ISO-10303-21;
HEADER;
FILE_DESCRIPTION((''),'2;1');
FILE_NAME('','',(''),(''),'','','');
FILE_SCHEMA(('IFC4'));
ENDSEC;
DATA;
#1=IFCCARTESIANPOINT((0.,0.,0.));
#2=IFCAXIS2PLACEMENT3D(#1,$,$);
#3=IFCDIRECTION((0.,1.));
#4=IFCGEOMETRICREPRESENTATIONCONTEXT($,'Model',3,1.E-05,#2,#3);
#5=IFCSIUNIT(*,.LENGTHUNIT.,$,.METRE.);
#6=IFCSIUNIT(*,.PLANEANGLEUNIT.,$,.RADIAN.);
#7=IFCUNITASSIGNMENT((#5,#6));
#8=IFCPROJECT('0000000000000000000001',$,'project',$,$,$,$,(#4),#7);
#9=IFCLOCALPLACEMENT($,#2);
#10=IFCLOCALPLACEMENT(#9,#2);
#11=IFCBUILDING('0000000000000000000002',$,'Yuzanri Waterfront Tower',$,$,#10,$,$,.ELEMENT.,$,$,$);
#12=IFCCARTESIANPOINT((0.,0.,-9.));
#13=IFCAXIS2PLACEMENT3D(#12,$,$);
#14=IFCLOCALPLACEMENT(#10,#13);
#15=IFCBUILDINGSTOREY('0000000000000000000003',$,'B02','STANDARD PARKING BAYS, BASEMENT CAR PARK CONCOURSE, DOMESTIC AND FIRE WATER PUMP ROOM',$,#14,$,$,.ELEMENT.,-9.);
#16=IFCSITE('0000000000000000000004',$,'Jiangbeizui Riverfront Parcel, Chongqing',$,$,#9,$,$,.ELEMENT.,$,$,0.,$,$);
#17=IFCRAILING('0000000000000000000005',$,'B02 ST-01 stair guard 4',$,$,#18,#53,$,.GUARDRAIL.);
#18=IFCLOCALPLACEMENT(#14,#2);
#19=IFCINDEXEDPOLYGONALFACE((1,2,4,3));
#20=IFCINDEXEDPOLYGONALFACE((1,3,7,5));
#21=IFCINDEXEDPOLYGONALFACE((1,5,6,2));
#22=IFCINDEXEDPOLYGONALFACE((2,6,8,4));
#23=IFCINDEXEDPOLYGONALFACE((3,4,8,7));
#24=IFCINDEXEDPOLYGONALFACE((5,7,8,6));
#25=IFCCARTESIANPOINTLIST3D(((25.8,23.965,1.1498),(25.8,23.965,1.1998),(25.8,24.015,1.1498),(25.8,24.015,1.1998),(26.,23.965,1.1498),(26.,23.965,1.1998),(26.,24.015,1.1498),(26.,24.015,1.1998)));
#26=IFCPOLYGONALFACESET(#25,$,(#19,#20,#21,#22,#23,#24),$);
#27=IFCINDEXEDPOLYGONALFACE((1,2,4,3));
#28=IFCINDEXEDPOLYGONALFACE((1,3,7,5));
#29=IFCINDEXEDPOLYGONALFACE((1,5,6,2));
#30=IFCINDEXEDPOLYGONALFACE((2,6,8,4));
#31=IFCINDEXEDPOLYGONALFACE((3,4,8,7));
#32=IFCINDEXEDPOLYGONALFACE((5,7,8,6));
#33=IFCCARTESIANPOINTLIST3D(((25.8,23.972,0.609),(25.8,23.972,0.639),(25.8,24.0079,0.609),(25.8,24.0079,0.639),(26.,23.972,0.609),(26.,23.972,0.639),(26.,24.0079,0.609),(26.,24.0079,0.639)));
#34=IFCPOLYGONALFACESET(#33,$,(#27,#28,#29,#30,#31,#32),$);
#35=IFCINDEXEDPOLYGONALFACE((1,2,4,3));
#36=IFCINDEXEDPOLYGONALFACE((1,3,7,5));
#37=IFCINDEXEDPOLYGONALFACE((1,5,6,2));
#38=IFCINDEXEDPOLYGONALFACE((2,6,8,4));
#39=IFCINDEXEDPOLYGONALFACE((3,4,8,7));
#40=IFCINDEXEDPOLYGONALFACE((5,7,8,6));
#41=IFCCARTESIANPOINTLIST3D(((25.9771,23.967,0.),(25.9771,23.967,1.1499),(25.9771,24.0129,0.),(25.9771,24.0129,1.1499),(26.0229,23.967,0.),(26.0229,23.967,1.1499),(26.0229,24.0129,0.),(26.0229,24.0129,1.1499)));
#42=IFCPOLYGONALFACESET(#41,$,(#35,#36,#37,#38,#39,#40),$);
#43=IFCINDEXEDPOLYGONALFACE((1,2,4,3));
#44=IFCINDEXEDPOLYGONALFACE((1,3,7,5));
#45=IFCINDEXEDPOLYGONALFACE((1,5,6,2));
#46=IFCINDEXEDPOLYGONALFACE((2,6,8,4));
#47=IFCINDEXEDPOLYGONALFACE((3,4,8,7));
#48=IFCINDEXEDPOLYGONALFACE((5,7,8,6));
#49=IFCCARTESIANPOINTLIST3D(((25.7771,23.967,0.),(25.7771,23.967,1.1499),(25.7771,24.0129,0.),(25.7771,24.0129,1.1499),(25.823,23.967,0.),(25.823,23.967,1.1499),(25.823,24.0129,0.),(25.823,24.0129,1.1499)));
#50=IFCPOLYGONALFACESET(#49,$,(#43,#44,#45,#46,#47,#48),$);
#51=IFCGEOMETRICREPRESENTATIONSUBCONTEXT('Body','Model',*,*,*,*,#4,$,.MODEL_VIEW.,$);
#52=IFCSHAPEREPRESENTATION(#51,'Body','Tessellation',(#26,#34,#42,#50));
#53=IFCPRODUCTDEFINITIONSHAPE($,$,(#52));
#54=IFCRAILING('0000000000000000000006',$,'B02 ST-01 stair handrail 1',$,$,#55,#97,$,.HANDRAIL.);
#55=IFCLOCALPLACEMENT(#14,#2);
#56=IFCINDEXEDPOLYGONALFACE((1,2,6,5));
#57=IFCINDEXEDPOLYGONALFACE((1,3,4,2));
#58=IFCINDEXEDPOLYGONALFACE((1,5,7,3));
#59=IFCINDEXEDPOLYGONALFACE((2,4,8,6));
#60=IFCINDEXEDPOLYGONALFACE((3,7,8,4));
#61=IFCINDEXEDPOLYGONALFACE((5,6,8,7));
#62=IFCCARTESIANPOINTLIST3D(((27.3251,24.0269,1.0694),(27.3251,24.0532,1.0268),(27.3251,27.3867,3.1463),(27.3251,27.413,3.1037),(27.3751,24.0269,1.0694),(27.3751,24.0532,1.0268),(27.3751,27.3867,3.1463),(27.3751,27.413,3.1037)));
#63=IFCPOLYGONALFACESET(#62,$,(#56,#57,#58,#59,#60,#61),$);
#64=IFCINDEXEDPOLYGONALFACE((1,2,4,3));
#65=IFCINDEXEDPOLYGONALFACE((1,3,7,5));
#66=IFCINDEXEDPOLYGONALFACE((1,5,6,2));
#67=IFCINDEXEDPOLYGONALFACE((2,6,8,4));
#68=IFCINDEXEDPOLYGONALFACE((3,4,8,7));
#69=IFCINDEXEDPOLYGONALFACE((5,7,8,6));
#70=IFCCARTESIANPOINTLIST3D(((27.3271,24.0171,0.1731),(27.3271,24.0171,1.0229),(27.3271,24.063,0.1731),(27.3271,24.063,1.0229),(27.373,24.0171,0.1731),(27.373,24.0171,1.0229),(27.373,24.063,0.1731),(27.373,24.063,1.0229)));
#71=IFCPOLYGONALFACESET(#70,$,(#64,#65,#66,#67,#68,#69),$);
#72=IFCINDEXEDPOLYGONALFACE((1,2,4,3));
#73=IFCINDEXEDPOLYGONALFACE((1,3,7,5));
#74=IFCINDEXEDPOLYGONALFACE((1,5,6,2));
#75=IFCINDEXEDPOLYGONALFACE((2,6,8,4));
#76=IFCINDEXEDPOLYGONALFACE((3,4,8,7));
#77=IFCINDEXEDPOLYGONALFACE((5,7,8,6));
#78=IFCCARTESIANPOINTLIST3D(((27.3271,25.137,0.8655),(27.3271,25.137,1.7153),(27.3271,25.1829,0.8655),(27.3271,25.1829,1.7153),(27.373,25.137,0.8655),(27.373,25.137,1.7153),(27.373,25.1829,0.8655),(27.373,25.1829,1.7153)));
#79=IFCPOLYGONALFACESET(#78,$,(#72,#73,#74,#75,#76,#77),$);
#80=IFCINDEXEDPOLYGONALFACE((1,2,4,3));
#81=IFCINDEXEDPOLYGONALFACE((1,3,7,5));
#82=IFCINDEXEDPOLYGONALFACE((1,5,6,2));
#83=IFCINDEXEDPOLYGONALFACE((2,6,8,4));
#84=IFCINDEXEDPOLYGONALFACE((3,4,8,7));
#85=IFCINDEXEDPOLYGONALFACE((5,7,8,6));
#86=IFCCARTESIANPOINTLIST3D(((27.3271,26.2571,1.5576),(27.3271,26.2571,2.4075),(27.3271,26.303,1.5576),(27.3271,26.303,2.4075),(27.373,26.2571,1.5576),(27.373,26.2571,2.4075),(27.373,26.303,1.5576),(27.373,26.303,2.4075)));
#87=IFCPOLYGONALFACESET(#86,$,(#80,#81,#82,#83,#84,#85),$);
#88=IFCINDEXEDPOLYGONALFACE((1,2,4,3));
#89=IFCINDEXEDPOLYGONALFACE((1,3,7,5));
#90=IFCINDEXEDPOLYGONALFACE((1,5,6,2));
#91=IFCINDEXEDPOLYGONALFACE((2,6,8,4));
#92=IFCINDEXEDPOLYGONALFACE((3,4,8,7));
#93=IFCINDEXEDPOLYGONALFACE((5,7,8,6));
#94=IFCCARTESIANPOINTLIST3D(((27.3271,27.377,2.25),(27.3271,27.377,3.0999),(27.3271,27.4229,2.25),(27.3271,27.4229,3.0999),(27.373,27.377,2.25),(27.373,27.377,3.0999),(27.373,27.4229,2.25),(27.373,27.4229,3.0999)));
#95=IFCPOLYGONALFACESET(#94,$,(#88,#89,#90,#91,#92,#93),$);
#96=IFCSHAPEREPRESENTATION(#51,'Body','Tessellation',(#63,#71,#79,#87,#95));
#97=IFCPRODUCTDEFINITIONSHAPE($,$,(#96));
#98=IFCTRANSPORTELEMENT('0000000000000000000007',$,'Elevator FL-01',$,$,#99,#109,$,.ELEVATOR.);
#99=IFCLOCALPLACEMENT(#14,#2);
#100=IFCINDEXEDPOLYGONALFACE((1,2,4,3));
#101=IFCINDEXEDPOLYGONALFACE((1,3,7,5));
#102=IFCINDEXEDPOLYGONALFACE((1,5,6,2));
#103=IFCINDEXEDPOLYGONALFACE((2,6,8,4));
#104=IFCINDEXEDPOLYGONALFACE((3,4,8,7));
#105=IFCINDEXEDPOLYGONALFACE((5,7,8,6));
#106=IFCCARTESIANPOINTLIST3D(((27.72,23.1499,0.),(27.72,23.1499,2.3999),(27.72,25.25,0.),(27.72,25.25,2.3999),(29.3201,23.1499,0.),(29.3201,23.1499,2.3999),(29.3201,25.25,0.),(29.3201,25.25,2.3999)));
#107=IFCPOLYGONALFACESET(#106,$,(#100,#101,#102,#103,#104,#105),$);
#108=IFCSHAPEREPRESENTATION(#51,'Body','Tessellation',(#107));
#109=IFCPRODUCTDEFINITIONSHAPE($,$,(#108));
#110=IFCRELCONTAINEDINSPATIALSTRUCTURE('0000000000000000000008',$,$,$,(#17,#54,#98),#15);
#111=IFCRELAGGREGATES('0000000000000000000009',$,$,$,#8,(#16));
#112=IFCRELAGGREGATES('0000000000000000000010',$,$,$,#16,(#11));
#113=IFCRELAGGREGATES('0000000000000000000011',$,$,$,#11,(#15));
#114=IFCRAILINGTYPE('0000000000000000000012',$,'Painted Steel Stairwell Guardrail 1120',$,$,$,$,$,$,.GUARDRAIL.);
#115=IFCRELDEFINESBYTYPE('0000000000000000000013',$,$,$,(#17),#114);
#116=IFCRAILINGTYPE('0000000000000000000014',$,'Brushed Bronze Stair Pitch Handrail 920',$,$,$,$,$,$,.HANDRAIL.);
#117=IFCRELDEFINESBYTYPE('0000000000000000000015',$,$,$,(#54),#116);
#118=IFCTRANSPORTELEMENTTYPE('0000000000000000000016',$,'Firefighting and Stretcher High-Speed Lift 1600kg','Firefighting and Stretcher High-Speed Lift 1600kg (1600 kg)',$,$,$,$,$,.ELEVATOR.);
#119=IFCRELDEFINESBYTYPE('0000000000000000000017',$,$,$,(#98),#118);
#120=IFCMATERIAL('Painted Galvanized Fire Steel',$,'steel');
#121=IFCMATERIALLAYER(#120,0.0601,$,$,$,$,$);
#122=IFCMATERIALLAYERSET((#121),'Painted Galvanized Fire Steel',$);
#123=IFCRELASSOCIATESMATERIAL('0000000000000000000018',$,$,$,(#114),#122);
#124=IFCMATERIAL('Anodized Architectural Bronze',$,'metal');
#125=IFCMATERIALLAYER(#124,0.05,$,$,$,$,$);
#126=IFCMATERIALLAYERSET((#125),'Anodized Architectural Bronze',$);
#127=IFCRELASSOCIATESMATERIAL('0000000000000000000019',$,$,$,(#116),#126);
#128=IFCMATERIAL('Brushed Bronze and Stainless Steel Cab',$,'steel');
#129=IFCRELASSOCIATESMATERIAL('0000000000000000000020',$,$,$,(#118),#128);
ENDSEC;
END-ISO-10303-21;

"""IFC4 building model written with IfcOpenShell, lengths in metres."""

from ifc_helpers import new_model, si_unit, direction, frame, origin, origin_2d, place, context, subcontext, project, spatial, rectangle, extrude, source, transform, mapped, material, layer, layer_set, type_object, element, save


model = new_model("IFC4")

# Units and contexts
model_context = context("Model", 3, precision=1e-05, world=origin(), true_north=direction((0.0, 1.0)))
body_context = subcontext(model_context, "Body", "Model", "MODEL_VIEW")
ifc_project = project(units=[si_unit("LENGTHUNIT", "METRE"), si_unit("PLANEANGLEUNIT", "RADIAN")], contexts=[model_context])

# Site, building, storey
site_placement = place(None, origin())
site = spatial("IfcSite", under=ifc_project, at=site_placement, Name="Jiangbeizui Riverfront Parcel, Chongqing", CompositionType="ELEMENT", RefElevation=0.0)
building_placement = place(site_placement, origin())
building = spatial("IfcBuilding", under=site, at=building_placement, Name="Yuzanri Waterfront Tower", CompositionType="ELEMENT")
storey_placement = place(building_placement, frame((0.0, 0.0, -9.0)))
storey = spatial("IfcBuildingStorey", under=building, at=storey_placement, Name="B02", Description="STANDARD PARKING BAYS, BASEMENT CAR PARK CONCOURSE, DOMESTIC AND FIRE WATER PUMP ROOM", CompositionType="ELEMENT", Elevation=-9.0)

# Railings
ifc_material_1 = material(Name="Painted Galvanized Fire Steel", Category="steel")
ifc_layer_1 = layer(ifc_material_1, 0.0601)
ifc_layer_set_1 = layer_set([ifc_layer_1], Name="Painted Galvanized Fire Steel")
railing_type_1 = type_object("IfcRailingType", Name="Painted Steel Stairwell Guardrail 1120", PredefinedType="GUARDRAIL", material=ifc_layer_set_1)
shared_shape_1 = source(origin(), body_context, "Body", "SweptSolid", [
    extrude(rectangle(XDim=0.05, YDim=0.05, at=origin_2d()), frame((0.0, 0.0, 1.1748), z_axis=(-1.0, 0.0, 0.0), x_axis=(0.0, -1.0, 0.0)), (0.0, 0.0, 1.0), 0.2),
    extrude(rectangle(XDim=0.0359, YDim=0.03, at=origin_2d()), frame((0.0, 0.0, 0.624), z_axis=(-1.0, 0.0, 0.0), x_axis=(0.0, -1.0, 0.0)), (0.0, 0.0, 1.0), 0.2),
    extrude(rectangle(XDim=0.0459, YDim=0.0459, at=origin_2d()), origin(), (0.0, 0.0, 1.0), 1.1499),
    extrude(rectangle(XDim=0.0459, YDim=0.0459, at=origin_2d()), frame((-0.2, 0.0, 0.0)), (0.0, 0.0, 1.0), 1.1499),
])
railing_1_placement = place(storey_placement, frame((26.0, 23.99, 0.0)))
element("IfcRailing", 1, at=railing_1_placement, inside=storey, type_object=railing_type_1, Name="B02 ST-01 stair guard 4", PredefinedType="GUARDRAIL", context=body_context, shape_type="MappedRepresentation", body=[
    mapped(shared_shape_1, transform((0.0, 0.0, 0.0), scale=1.0)),
])
ifc_material_2 = material(Name="Anodized Architectural Bronze", Category="metal")
ifc_layer_2 = layer(ifc_material_2, 0.05)
ifc_layer_set_2 = layer_set([ifc_layer_2], Name="Anodized Architectural Bronze")
railing_type_2 = type_object("IfcRailingType", Name="Brushed Bronze Stair Pitch Handrail 920", PredefinedType="HANDRAIL", material=ifc_layer_set_2)
shared_shape_2 = source(origin(), body_context, "Body", "SweptSolid", [
    extrude(rectangle(XDim=0.05, YDim=0.05, at=origin_2d()), frame((0.0, 0.0, 0.875), z_axis=(0.0, 0.850606, 0.525803), x_axis=(-1.0, 0.0, 0.0)), (0.0, 0.0, 1.0), 3.95),
    extrude(rectangle(XDim=0.0459, YDim=0.0459, at=origin_2d()), origin(), (0.0, 0.0, 1.0), 0.8499),
    extrude(rectangle(XDim=0.0459, YDim=0.0459, at=origin_2d()), frame((0.0, 1.1199, 0.6924)), (0.0, 0.0, 1.0), 0.8499),
    extrude(rectangle(XDim=0.0459, YDim=0.0459, at=origin_2d()), frame((0.0, 2.24, 1.3845)), (0.0, 0.0, 1.0), 0.8499),
    extrude(rectangle(XDim=0.0459, YDim=0.0459, at=origin_2d()), frame((0.0, 3.3599, 2.0769)), (0.0, 0.0, 1.0), 0.8499),
])
railing_2_placement = place(storey_placement, frame((27.3501, 24.04, 0.1731)))
element("IfcRailing", 2, at=railing_2_placement, inside=storey, type_object=railing_type_2, Name="B02 ST-01 stair handrail 1", PredefinedType="HANDRAIL", context=body_context, shape_type="MappedRepresentation", body=[
    mapped(shared_shape_2, transform((0.0, 0.0, 0.0), scale=1.0)),
])

# Transport element
ifc_material_3 = material(Name="Brushed Bronze and Stainless Steel Cab", Category="steel")
transport_element_type = type_object("IfcTransportElementType", Name="Firefighting and Stretcher High-Speed Lift 1600kg", Description="Firefighting and Stretcher High-Speed Lift 1600kg (1600 kg)", PredefinedType="ELEVATOR", material=ifc_material_3)
shared_shape_3 = source(origin(), body_context, "Body", "SweptSolid", [
    extrude(rectangle(XDim=1.6001, YDim=2.1001, at=origin_2d()), origin(), (0.0, 0.0, 1.0), 2.3999),
])
transport_element_placement = place(storey_placement, frame((28.52, 24.2, 0.0), z_axis=(0.0, 0.0, 1.0), x_axis=(1.0, 0.0, 0.0)))
element("IfcTransportElement", 3, at=transport_element_placement, inside=storey, type_object=transport_element_type, Name="Elevator FL-01", PredefinedType="ELEVATOR", context=body_context, shape_type="MappedRepresentation", body=[
    mapped(shared_shape_3, transform((0.0, 0.0, 0.0), scale=1.0)),
])

save(model, "model.ifc")
